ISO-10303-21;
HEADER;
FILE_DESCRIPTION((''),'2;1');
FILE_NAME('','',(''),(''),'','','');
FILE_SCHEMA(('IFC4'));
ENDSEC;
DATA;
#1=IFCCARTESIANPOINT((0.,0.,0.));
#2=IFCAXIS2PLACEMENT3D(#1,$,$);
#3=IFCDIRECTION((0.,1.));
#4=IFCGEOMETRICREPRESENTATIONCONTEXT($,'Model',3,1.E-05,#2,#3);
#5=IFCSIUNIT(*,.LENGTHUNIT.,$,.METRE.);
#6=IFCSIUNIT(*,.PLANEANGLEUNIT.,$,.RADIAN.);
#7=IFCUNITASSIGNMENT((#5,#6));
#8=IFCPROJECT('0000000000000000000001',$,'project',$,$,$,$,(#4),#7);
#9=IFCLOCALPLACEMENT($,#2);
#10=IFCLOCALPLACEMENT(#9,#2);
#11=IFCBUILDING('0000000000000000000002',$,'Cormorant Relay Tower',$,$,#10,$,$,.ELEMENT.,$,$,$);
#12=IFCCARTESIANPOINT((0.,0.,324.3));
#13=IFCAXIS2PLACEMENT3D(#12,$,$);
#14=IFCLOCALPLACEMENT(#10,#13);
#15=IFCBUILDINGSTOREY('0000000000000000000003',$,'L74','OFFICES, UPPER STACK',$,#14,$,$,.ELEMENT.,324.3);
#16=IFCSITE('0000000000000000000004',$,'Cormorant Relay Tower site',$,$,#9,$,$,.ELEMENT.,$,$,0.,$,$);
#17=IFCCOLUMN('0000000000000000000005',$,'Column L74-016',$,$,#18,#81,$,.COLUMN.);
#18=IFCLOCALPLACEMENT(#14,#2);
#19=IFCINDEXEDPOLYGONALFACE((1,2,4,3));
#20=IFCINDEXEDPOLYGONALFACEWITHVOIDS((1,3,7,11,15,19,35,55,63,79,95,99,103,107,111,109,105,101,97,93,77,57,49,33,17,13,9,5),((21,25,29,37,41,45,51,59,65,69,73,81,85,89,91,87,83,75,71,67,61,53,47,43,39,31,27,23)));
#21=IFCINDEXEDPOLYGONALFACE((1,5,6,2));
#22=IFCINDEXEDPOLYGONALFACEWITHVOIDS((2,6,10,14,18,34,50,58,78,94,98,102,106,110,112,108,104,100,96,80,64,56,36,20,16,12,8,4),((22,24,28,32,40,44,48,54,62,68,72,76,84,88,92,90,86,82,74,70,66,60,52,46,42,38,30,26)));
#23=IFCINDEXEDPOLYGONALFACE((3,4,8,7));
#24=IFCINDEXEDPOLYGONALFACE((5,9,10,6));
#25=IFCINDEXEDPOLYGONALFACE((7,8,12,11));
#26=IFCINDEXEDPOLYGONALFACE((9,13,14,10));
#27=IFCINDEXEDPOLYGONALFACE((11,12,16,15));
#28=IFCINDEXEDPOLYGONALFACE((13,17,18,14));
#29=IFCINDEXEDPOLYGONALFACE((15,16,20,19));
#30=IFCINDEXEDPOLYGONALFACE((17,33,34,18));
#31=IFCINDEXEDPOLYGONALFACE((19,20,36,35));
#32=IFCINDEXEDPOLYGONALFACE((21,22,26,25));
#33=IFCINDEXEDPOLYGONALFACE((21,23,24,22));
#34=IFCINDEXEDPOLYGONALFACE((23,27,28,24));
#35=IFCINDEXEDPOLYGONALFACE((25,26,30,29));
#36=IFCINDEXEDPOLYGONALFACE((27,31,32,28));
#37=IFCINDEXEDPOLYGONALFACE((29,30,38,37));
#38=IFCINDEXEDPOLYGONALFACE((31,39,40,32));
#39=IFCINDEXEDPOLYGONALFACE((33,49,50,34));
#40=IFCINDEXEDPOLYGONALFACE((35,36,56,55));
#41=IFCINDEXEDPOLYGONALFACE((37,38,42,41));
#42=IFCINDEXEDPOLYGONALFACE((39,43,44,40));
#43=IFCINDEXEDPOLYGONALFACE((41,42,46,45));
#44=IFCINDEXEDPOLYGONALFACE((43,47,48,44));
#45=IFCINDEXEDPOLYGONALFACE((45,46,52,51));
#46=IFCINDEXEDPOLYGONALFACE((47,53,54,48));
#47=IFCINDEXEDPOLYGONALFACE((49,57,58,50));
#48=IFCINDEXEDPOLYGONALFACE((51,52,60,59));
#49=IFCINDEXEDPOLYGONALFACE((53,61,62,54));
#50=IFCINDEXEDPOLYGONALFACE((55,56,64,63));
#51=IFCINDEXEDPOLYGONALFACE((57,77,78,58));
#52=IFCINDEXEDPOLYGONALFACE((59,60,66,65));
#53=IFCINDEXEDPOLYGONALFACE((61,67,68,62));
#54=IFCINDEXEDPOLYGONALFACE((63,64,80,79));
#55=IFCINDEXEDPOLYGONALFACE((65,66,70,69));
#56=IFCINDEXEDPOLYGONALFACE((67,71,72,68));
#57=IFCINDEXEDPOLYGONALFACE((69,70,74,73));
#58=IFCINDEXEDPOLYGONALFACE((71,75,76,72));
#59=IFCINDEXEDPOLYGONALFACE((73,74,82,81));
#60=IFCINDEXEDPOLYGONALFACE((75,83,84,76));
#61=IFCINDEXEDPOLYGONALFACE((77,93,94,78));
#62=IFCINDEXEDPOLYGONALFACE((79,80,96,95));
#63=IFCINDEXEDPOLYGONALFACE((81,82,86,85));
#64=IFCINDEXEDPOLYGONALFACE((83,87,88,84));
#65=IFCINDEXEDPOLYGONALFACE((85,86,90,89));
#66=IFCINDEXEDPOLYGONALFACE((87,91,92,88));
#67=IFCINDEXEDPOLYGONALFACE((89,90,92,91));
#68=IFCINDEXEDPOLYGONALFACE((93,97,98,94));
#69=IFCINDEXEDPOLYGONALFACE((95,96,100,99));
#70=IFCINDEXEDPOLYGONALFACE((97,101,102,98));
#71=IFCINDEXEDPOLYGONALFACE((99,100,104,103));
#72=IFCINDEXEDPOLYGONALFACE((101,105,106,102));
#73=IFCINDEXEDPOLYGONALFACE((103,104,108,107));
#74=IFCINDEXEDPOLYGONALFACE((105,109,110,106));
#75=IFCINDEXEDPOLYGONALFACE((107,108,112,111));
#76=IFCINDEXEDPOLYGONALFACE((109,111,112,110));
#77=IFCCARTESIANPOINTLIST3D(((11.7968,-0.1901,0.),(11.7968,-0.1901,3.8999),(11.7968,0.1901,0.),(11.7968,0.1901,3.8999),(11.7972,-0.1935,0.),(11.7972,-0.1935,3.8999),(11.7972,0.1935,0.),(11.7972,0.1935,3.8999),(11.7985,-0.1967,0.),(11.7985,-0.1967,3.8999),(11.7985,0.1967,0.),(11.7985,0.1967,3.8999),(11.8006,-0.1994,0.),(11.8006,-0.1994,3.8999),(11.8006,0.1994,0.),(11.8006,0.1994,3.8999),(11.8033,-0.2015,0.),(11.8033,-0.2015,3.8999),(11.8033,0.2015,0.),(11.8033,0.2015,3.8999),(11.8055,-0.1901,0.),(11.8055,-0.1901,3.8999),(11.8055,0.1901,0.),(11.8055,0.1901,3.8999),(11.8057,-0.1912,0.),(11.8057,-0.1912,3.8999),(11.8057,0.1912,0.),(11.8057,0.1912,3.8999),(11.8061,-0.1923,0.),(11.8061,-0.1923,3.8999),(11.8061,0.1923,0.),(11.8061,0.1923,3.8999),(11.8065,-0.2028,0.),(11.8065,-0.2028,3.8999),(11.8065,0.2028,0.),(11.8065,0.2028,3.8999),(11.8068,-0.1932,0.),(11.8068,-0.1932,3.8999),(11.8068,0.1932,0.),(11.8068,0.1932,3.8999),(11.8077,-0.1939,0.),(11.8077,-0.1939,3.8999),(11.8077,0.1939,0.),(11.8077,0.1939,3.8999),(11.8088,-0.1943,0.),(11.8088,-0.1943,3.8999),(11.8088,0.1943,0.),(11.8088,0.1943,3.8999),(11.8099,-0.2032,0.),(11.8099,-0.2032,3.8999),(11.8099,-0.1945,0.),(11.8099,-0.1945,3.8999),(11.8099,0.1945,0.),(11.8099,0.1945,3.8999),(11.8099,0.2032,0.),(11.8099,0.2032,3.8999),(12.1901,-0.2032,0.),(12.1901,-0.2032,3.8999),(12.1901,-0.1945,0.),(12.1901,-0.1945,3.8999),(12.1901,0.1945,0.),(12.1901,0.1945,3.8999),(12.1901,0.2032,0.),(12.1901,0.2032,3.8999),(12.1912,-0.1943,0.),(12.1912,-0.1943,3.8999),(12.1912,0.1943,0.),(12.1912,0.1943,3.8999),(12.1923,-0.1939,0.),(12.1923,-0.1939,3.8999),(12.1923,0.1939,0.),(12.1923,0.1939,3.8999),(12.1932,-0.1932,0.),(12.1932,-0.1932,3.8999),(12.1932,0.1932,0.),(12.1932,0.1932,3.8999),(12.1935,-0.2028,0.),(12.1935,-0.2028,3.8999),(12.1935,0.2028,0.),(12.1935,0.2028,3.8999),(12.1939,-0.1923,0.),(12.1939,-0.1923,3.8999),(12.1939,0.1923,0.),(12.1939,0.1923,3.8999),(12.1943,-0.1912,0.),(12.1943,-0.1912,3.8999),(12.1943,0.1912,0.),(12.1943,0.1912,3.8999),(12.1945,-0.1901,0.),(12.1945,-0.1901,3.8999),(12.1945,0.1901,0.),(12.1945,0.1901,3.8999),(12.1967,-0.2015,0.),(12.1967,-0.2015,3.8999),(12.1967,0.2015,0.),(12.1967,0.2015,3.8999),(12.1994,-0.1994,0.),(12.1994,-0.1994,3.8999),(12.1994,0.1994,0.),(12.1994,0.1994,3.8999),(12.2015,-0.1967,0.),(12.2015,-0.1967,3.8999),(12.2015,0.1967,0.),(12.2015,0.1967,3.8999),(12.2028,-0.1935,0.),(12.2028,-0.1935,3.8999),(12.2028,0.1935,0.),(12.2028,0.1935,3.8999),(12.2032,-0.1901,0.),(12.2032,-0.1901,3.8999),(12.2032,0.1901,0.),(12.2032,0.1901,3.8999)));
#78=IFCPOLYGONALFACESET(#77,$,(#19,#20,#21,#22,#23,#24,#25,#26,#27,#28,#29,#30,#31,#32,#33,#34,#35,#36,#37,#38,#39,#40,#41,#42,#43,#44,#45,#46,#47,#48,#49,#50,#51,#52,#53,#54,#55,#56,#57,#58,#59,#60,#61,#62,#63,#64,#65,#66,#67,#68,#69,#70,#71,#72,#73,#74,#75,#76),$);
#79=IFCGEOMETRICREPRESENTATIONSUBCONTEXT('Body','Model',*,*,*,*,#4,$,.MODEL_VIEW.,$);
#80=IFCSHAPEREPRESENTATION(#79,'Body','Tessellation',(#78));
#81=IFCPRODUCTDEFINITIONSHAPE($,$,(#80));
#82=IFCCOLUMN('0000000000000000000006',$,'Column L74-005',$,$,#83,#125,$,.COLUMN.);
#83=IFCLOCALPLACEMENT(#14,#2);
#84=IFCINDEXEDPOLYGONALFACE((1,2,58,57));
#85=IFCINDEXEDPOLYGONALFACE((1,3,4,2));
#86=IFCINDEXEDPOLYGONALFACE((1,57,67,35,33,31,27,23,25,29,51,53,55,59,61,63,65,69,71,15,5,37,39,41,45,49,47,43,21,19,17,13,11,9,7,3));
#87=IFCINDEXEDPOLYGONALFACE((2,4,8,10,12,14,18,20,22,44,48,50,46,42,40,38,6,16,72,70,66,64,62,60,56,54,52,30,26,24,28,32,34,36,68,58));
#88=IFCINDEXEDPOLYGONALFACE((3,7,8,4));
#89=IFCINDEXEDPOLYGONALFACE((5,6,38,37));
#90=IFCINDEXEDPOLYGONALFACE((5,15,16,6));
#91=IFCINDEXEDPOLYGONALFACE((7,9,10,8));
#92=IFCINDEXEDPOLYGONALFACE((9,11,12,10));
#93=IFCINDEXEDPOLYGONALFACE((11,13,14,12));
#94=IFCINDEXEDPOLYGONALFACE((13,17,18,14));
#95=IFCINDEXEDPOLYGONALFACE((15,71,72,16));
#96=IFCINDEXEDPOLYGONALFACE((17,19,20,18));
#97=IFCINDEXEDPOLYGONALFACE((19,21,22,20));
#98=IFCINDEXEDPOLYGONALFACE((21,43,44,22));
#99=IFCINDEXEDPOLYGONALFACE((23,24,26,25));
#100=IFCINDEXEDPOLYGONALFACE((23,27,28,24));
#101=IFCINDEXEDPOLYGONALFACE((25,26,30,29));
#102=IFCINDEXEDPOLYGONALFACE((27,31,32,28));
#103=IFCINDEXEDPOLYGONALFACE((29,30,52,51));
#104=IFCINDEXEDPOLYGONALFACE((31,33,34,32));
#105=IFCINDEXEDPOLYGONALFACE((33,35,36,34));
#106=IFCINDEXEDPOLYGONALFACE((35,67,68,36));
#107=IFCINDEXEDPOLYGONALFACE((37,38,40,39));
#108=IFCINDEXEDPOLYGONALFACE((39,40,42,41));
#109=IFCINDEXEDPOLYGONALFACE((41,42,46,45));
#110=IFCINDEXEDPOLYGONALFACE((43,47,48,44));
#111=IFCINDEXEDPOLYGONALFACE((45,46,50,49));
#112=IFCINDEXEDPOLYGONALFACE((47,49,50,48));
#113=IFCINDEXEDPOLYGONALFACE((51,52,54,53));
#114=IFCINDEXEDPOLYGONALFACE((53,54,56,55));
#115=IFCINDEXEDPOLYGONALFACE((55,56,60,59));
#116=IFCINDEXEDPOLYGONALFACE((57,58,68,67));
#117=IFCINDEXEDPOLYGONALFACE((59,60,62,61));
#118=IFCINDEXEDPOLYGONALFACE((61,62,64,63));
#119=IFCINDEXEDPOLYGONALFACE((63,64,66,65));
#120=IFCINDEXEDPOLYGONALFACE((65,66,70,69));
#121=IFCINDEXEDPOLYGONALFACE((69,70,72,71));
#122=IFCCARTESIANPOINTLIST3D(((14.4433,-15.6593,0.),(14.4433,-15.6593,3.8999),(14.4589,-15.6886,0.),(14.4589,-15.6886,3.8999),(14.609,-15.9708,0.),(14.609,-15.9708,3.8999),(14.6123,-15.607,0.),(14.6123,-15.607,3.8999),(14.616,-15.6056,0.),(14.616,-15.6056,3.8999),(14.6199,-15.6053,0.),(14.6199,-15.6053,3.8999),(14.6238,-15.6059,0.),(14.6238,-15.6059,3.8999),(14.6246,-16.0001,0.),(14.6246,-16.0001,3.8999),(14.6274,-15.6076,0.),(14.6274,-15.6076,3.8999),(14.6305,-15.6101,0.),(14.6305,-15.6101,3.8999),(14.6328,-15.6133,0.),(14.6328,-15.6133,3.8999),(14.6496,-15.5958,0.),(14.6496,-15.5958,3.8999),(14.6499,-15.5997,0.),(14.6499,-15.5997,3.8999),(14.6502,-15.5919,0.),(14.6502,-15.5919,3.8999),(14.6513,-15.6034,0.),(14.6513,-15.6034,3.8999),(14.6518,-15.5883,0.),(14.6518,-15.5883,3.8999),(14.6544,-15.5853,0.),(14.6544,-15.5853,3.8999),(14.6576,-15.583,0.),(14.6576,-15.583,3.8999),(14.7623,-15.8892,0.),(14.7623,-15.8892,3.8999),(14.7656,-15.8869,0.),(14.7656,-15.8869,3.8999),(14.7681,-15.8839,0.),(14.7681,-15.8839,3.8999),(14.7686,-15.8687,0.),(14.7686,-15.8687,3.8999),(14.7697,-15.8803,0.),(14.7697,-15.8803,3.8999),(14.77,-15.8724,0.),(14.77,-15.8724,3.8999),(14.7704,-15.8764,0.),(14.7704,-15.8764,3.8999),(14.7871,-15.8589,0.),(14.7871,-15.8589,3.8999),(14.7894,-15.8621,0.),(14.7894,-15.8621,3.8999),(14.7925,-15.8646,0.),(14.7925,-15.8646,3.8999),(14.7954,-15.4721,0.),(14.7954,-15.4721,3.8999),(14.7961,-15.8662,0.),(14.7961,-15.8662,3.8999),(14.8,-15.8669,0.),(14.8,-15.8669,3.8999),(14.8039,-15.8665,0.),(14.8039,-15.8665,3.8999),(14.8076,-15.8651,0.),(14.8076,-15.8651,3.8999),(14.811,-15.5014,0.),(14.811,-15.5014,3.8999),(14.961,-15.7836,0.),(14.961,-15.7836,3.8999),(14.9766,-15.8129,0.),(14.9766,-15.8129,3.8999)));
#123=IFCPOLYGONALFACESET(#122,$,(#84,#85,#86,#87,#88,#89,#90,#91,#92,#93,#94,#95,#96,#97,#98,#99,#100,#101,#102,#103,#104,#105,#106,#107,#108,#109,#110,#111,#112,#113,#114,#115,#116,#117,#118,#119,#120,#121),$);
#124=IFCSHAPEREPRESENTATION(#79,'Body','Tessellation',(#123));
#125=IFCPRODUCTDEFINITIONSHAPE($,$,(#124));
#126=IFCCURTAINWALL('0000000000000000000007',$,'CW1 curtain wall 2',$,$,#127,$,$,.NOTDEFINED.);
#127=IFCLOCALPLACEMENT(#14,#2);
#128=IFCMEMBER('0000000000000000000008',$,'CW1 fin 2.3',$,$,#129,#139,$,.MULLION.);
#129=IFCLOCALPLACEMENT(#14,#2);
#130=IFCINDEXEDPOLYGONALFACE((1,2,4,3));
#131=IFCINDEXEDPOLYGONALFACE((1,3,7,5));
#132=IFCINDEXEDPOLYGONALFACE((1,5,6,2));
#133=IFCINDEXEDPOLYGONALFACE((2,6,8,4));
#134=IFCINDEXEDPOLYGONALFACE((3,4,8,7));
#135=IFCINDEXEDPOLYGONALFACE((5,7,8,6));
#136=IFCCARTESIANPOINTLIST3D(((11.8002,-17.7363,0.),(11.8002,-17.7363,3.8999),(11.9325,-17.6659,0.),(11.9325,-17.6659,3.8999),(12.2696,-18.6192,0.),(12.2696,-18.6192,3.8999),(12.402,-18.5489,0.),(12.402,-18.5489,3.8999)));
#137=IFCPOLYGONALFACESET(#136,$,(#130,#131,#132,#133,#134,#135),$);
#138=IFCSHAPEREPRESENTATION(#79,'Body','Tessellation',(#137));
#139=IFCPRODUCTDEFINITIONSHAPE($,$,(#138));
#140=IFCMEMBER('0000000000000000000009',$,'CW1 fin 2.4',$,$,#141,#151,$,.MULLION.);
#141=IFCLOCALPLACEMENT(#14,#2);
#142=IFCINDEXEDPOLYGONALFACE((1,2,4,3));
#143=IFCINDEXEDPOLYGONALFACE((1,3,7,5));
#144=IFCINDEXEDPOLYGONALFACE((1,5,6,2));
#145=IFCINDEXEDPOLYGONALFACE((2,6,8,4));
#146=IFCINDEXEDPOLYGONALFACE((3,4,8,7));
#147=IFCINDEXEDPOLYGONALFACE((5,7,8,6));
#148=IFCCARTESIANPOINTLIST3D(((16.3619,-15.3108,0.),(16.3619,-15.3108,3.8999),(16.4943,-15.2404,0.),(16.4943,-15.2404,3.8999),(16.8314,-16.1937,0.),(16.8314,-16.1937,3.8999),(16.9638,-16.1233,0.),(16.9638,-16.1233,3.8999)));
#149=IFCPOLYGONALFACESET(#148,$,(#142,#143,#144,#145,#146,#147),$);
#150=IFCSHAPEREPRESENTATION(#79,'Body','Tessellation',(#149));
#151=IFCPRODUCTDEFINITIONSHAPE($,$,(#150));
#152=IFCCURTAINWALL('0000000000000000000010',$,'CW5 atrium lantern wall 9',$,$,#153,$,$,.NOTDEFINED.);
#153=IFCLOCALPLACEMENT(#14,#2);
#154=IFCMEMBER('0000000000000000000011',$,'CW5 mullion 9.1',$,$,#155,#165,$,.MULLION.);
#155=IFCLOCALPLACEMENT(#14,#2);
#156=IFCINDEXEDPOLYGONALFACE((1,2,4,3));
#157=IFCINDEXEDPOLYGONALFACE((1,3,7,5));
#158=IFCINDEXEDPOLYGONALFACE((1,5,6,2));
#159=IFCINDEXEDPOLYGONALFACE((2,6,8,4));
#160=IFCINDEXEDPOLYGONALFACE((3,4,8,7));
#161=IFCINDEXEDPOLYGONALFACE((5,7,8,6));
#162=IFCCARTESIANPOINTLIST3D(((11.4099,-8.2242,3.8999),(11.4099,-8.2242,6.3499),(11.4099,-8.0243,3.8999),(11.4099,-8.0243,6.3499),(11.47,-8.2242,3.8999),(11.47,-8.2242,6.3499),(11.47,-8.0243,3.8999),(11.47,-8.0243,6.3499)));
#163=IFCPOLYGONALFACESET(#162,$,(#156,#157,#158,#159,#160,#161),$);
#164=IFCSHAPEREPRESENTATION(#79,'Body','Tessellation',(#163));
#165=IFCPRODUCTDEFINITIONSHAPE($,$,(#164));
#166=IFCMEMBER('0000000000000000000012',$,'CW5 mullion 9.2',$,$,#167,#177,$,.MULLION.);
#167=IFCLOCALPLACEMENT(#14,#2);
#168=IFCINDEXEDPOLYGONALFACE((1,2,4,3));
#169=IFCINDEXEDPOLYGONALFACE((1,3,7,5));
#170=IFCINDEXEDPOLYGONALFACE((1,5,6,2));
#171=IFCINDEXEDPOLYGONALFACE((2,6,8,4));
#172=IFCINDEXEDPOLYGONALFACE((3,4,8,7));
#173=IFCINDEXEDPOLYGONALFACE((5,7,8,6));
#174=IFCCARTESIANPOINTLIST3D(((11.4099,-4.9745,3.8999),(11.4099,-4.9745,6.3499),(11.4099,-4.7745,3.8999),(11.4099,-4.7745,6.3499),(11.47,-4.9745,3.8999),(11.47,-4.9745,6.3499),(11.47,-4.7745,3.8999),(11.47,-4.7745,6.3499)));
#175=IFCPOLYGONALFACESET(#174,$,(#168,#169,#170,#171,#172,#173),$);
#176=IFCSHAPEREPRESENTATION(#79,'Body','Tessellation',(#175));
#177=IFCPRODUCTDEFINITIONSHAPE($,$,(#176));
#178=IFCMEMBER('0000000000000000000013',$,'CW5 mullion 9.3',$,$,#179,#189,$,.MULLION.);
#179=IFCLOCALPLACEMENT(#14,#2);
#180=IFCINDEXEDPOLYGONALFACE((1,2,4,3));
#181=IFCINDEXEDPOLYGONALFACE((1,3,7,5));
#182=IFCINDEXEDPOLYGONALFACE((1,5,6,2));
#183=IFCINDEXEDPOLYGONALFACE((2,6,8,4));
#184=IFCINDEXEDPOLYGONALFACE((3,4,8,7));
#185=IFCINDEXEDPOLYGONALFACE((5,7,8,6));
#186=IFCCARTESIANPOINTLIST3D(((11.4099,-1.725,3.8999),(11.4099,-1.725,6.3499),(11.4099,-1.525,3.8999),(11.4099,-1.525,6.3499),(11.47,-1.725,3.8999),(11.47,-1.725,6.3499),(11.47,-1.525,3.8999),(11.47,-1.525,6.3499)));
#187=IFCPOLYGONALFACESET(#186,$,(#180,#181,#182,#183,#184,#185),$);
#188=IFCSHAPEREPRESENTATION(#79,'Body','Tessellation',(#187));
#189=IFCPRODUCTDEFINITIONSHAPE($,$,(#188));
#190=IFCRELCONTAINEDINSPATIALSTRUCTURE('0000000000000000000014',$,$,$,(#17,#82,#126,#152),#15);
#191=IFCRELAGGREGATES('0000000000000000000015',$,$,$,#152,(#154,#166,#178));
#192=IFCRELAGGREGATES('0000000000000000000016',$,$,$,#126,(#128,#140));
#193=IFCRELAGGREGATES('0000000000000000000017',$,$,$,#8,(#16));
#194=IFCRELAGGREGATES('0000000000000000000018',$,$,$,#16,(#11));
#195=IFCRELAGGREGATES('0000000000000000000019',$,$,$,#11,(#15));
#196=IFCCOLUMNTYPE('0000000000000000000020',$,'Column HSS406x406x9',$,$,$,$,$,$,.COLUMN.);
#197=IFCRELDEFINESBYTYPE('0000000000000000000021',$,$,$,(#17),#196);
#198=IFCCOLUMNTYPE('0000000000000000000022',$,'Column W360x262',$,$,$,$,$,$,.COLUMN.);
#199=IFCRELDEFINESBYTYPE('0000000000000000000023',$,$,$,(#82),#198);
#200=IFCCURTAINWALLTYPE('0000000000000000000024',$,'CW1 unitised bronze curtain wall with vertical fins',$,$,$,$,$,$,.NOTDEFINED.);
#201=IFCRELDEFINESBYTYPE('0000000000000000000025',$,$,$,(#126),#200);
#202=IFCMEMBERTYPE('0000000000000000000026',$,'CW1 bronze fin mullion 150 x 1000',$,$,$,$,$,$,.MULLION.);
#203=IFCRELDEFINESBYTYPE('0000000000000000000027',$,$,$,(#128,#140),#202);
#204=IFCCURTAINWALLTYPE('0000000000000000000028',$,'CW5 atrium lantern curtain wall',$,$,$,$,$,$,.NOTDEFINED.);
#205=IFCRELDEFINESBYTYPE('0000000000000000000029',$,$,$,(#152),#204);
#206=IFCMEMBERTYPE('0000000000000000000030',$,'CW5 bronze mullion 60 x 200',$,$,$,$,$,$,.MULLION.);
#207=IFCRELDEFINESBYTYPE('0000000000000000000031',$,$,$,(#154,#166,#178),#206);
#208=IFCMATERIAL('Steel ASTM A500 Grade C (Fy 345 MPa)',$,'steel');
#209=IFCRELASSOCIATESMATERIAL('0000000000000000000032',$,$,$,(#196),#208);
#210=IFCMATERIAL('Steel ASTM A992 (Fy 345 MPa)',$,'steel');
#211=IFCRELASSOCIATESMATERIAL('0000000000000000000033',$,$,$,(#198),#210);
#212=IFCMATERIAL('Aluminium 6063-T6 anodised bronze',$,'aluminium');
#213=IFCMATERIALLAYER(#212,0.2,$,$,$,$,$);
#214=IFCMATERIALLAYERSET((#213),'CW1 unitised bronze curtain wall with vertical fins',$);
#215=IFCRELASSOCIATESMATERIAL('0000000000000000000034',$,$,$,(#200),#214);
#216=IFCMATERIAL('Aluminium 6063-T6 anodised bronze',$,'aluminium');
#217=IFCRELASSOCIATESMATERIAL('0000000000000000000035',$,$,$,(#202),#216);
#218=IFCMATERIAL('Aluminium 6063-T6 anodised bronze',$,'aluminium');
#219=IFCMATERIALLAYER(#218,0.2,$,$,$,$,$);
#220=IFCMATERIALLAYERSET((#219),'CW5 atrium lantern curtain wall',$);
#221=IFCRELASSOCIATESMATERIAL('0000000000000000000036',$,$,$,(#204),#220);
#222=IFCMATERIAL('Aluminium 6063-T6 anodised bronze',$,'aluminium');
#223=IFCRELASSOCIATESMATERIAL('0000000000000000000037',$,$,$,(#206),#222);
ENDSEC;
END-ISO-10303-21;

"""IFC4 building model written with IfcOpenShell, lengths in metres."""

from ifc_helpers import new_model, si_unit, direction, frame, origin, origin_2d, place, context, subcontext, project, spatial, rectangle, hollow_rectangle, i_section, extrude, material, layer, layer_set, material_profile, profile_set, type_object, element, aggregate, save


model = new_model("IFC4")

# Units and contexts
model_context = context("Model", 3, precision=1e-05, world=origin(), true_north=direction((0.0, 1.0)))
body_context = subcontext(model_context, "Body", "Model", "MODEL_VIEW")
ifc_project = project(units=[si_unit("LENGTHUNIT", "METRE"), si_unit("PLANEANGLEUNIT", "RADIAN")], contexts=[model_context])

# Site, building, storey
site_placement = place(None, origin())
site = spatial("IfcSite", under=ifc_project, at=site_placement, Name="Cormorant Relay Tower site", CompositionType="ELEMENT", RefElevation=0.0)
building_placement = place(site_placement, origin())
building = spatial("IfcBuilding", under=site, at=building_placement, Name="Cormorant Relay Tower", CompositionType="ELEMENT")
storey_placement = place(building_placement, frame((0.0, 0.0, 324.3)))
storey = spatial("IfcBuildingStorey", under=building, at=storey_placement, Name="L74", Description="OFFICES, UPPER STACK", CompositionType="ELEMENT", Elevation=324.3)

# Columns
ifc_material_1 = material(Name="Steel ASTM A500 Grade C (Fy 345 MPa)", Category="steel")
ifc_material_profile_1 = material_profile(ifc_material_1, hollow_rectangle(XDim=0.4065, YDim=0.4065, WallThickness=0.0088, InnerFilletRadius=0.0044, OuterFilletRadius=0.0132, at=origin_2d()), Name="HSS406x406x9")
ifc_profile_set_1 = profile_set([ifc_material_profile_1], Name="Steel ASTM A500 Grade C (Fy 345 MPa)")
column_type_1 = type_object("IfcColumnType", Name="Column HSS406x406x9", PredefinedType="COLUMN", material=ifc_profile_set_1)
for number, where, z_axis, x_axis, name in (
    (1, (12.0, 0.0, 0.0), (0.0, 0.0, 1.0), (1.0, 0.0, 0.0), "Column L74-016"),
):
    element("IfcColumn", number, at=place(storey_placement, frame(where, z_axis=z_axis, x_axis=x_axis)), inside=storey, type_object=column_type_1, Name=name, PredefinedType="COLUMN", context=body_context, shape_type="SweptSolid", body=[
        extrude(hollow_rectangle(XDim=0.4065, YDim=0.4065, WallThickness=0.0088, InnerFilletRadius=0.0044, OuterFilletRadius=0.0132, at=origin_2d()), origin(), (0.0, 0.0, 1.0), 3.8999),
    ])
ifc_material_2 = material(Name="Steel ASTM A992 (Fy 345 MPa)", Category="steel")
ifc_material_profile_2 = material_profile(ifc_material_2, i_section(OverallWidth=0.3987, OverallDepth=0.386, WebThickness=0.021, FlangeThickness=0.0332, FilletRadius=0.0151, at=origin_2d()), Name="W360x262")
ifc_profile_set_2 = profile_set([ifc_material_profile_2], Name="Steel ASTM A992 (Fy 345 MPa)")
column_type_2 = type_object("IfcColumnType", Name="Column W360x262", PredefinedType="COLUMN", material=ifc_profile_set_2)
column_placement = place(storey_placement, frame((14.71, -15.7361, 0.0), z_axis=(0.0, 0.0, 1.0), x_axis=(0.882948, 0.469472, 0.0)))
element("IfcColumn", 2, at=column_placement, inside=storey, type_object=column_type_2, Name="Column L74-005", PredefinedType="COLUMN", context=body_context, shape_type="SweptSolid", body=[
    extrude(i_section(OverallWidth=0.3987, OverallDepth=0.386, WebThickness=0.021, FlangeThickness=0.0332, FilletRadius=0.0151, at=origin_2d()), origin(), (0.0, 0.0, 1.0), 3.8999),
])

# Curtain walls, members
ifc_material_3 = material(Name="Aluminium 6063-T6 anodised bronze", Category="aluminium")
ifc_layer_1 = layer(ifc_material_3, 0.2)
ifc_layer_set_1 = layer_set([ifc_layer_1], Name="CW1 unitised bronze curtain wall with vertical fins")
curtain_wall_type_1 = type_object("IfcCurtainWallType", Name="CW1 unitised bronze curtain wall with vertical fins", PredefinedType="NOTDEFINED", material=ifc_layer_set_1)
curtain_wall_1_placement = place(storey_placement, origin())
curtain_wall_1 = element("IfcCurtainWall", 3, at=curtain_wall_1_placement, inside=storey, type_object=curtain_wall_type_1, Name="CW1 curtain wall 2", PredefinedType="NOTDEFINED")
ifc_material_4 = material(Name="Aluminium 6063-T6 anodised bronze", Category="aluminium")
ifc_material_profile_3 = material_profile(ifc_material_4, rectangle(XDim=0.1499, YDim=1.0, at=origin_2d()), Name="AL 150x1000")
ifc_profile_set_3 = profile_set([ifc_material_profile_3], Name="Aluminium 6063-T6 anodised bronze")
member_type_1 = type_object("IfcMemberType", Name="CW1 bronze fin mullion 150 x 1000", PredefinedType="MULLION", material=ifc_profile_set_3)
member_1_placement = place(storey_placement, frame((12.1011, -18.1426, 0.0), z_axis=(0.0, 0.0, 1.0), x_axis=(0.882948, 0.469472, 0.0)))
member_1 = element("IfcMember", 4, at=member_1_placement, type_object=member_type_1, Name="CW1 fin 2.3", PredefinedType="MULLION", context=body_context, shape_type="SweptSolid", body=[
    extrude(rectangle(XDim=0.1499, YDim=1.0, at=origin_2d()), origin(), (0.0, 0.0, 1.0), 3.8999),
])
member_2_placement = place(storey_placement, frame((16.6628, -15.717, 0.0), z_axis=(0.0, 0.0, 1.0), x_axis=(0.882948, 0.469472, 0.0)))
member_2 = element("IfcMember", 5, at=member_2_placement, type_object=member_type_1, Name="CW1 fin 2.4", PredefinedType="MULLION", context=body_context, shape_type="SweptSolid", body=[
    extrude(rectangle(XDim=0.1499, YDim=1.0, at=origin_2d()), origin(), (0.0, 0.0, 1.0), 3.8999),
])
ifc_material_5 = material(Name="Aluminium 6063-T6 anodised bronze", Category="aluminium")
ifc_layer_2 = layer(ifc_material_5, 0.2)
ifc_layer_set_2 = layer_set([ifc_layer_2], Name="CW5 atrium lantern curtain wall")
curtain_wall_type_2 = type_object("IfcCurtainWallType", Name="CW5 atrium lantern curtain wall", PredefinedType="NOTDEFINED", material=ifc_layer_set_2)
curtain_wall_2_placement = place(storey_placement, origin())
curtain_wall_2 = element("IfcCurtainWall", 6, at=curtain_wall_2_placement, inside=storey, type_object=curtain_wall_type_2, Name="CW5 atrium lantern wall 9", PredefinedType="NOTDEFINED")
ifc_material_6 = material(Name="Aluminium 6063-T6 anodised bronze", Category="aluminium")
ifc_material_profile_4 = material_profile(ifc_material_6, rectangle(XDim=0.2, YDim=0.0601, at=origin_2d()), Name="AL 60x200")
ifc_profile_set_4 = profile_set([ifc_material_profile_4], Name="Aluminium 6063-T6 anodised bronze")
member_type_2 = type_object("IfcMemberType", Name="CW5 bronze mullion 60 x 200", PredefinedType="MULLION", material=ifc_profile_set_4)
member_3_placement = place(storey_placement, frame((11.4399, -8.1243, 3.8999), z_axis=(0.0, 0.0, 1.0), x_axis=(0.0, 1.0, 0.0)))
member_3 = element("IfcMember", 7, at=member_3_placement, type_object=member_type_2, Name="CW5 mullion 9.1", PredefinedType="MULLION", context=body_context, shape_type="SweptSolid", body=[
    extrude(rectangle(XDim=0.2, YDim=0.0601, at=origin_2d()), origin(), (0.0, 0.0, 1.0), 2.45),
])
member_4_placement = place(storey_placement, frame((11.4399, -4.8745, 3.8999), z_axis=(0.0, 0.0, 1.0), x_axis=(0.0, 1.0, 0.0)))
member_4 = element("IfcMember", 8, at=member_4_placement, type_object=member_type_2, Name="CW5 mullion 9.2", PredefinedType="MULLION", context=body_context, shape_type="SweptSolid", body=[
    extrude(rectangle(XDim=0.2, YDim=0.0601, at=origin_2d()), origin(), (0.0, 0.0, 1.0), 2.45),
])
member_5_placement = place(storey_placement, frame((11.4399, -1.625, 3.8999), z_axis=(0.0, 0.0, 1.0), x_axis=(0.0, 1.0, 0.0)))
member_5 = element("IfcMember", 9, at=member_5_placement, type_object=member_type_2, Name="CW5 mullion 9.3", PredefinedType="MULLION", context=body_context, shape_type="SweptSolid", body=[
    extrude(rectangle(XDim=0.2, YDim=0.0601, at=origin_2d()), origin(), (0.0, 0.0, 1.0), 2.45),
])

aggregate(curtain_wall_2, [member_3, member_4, member_5])

aggregate(curtain_wall_1, [member_1, member_2])

save(model, "model.ifc")
